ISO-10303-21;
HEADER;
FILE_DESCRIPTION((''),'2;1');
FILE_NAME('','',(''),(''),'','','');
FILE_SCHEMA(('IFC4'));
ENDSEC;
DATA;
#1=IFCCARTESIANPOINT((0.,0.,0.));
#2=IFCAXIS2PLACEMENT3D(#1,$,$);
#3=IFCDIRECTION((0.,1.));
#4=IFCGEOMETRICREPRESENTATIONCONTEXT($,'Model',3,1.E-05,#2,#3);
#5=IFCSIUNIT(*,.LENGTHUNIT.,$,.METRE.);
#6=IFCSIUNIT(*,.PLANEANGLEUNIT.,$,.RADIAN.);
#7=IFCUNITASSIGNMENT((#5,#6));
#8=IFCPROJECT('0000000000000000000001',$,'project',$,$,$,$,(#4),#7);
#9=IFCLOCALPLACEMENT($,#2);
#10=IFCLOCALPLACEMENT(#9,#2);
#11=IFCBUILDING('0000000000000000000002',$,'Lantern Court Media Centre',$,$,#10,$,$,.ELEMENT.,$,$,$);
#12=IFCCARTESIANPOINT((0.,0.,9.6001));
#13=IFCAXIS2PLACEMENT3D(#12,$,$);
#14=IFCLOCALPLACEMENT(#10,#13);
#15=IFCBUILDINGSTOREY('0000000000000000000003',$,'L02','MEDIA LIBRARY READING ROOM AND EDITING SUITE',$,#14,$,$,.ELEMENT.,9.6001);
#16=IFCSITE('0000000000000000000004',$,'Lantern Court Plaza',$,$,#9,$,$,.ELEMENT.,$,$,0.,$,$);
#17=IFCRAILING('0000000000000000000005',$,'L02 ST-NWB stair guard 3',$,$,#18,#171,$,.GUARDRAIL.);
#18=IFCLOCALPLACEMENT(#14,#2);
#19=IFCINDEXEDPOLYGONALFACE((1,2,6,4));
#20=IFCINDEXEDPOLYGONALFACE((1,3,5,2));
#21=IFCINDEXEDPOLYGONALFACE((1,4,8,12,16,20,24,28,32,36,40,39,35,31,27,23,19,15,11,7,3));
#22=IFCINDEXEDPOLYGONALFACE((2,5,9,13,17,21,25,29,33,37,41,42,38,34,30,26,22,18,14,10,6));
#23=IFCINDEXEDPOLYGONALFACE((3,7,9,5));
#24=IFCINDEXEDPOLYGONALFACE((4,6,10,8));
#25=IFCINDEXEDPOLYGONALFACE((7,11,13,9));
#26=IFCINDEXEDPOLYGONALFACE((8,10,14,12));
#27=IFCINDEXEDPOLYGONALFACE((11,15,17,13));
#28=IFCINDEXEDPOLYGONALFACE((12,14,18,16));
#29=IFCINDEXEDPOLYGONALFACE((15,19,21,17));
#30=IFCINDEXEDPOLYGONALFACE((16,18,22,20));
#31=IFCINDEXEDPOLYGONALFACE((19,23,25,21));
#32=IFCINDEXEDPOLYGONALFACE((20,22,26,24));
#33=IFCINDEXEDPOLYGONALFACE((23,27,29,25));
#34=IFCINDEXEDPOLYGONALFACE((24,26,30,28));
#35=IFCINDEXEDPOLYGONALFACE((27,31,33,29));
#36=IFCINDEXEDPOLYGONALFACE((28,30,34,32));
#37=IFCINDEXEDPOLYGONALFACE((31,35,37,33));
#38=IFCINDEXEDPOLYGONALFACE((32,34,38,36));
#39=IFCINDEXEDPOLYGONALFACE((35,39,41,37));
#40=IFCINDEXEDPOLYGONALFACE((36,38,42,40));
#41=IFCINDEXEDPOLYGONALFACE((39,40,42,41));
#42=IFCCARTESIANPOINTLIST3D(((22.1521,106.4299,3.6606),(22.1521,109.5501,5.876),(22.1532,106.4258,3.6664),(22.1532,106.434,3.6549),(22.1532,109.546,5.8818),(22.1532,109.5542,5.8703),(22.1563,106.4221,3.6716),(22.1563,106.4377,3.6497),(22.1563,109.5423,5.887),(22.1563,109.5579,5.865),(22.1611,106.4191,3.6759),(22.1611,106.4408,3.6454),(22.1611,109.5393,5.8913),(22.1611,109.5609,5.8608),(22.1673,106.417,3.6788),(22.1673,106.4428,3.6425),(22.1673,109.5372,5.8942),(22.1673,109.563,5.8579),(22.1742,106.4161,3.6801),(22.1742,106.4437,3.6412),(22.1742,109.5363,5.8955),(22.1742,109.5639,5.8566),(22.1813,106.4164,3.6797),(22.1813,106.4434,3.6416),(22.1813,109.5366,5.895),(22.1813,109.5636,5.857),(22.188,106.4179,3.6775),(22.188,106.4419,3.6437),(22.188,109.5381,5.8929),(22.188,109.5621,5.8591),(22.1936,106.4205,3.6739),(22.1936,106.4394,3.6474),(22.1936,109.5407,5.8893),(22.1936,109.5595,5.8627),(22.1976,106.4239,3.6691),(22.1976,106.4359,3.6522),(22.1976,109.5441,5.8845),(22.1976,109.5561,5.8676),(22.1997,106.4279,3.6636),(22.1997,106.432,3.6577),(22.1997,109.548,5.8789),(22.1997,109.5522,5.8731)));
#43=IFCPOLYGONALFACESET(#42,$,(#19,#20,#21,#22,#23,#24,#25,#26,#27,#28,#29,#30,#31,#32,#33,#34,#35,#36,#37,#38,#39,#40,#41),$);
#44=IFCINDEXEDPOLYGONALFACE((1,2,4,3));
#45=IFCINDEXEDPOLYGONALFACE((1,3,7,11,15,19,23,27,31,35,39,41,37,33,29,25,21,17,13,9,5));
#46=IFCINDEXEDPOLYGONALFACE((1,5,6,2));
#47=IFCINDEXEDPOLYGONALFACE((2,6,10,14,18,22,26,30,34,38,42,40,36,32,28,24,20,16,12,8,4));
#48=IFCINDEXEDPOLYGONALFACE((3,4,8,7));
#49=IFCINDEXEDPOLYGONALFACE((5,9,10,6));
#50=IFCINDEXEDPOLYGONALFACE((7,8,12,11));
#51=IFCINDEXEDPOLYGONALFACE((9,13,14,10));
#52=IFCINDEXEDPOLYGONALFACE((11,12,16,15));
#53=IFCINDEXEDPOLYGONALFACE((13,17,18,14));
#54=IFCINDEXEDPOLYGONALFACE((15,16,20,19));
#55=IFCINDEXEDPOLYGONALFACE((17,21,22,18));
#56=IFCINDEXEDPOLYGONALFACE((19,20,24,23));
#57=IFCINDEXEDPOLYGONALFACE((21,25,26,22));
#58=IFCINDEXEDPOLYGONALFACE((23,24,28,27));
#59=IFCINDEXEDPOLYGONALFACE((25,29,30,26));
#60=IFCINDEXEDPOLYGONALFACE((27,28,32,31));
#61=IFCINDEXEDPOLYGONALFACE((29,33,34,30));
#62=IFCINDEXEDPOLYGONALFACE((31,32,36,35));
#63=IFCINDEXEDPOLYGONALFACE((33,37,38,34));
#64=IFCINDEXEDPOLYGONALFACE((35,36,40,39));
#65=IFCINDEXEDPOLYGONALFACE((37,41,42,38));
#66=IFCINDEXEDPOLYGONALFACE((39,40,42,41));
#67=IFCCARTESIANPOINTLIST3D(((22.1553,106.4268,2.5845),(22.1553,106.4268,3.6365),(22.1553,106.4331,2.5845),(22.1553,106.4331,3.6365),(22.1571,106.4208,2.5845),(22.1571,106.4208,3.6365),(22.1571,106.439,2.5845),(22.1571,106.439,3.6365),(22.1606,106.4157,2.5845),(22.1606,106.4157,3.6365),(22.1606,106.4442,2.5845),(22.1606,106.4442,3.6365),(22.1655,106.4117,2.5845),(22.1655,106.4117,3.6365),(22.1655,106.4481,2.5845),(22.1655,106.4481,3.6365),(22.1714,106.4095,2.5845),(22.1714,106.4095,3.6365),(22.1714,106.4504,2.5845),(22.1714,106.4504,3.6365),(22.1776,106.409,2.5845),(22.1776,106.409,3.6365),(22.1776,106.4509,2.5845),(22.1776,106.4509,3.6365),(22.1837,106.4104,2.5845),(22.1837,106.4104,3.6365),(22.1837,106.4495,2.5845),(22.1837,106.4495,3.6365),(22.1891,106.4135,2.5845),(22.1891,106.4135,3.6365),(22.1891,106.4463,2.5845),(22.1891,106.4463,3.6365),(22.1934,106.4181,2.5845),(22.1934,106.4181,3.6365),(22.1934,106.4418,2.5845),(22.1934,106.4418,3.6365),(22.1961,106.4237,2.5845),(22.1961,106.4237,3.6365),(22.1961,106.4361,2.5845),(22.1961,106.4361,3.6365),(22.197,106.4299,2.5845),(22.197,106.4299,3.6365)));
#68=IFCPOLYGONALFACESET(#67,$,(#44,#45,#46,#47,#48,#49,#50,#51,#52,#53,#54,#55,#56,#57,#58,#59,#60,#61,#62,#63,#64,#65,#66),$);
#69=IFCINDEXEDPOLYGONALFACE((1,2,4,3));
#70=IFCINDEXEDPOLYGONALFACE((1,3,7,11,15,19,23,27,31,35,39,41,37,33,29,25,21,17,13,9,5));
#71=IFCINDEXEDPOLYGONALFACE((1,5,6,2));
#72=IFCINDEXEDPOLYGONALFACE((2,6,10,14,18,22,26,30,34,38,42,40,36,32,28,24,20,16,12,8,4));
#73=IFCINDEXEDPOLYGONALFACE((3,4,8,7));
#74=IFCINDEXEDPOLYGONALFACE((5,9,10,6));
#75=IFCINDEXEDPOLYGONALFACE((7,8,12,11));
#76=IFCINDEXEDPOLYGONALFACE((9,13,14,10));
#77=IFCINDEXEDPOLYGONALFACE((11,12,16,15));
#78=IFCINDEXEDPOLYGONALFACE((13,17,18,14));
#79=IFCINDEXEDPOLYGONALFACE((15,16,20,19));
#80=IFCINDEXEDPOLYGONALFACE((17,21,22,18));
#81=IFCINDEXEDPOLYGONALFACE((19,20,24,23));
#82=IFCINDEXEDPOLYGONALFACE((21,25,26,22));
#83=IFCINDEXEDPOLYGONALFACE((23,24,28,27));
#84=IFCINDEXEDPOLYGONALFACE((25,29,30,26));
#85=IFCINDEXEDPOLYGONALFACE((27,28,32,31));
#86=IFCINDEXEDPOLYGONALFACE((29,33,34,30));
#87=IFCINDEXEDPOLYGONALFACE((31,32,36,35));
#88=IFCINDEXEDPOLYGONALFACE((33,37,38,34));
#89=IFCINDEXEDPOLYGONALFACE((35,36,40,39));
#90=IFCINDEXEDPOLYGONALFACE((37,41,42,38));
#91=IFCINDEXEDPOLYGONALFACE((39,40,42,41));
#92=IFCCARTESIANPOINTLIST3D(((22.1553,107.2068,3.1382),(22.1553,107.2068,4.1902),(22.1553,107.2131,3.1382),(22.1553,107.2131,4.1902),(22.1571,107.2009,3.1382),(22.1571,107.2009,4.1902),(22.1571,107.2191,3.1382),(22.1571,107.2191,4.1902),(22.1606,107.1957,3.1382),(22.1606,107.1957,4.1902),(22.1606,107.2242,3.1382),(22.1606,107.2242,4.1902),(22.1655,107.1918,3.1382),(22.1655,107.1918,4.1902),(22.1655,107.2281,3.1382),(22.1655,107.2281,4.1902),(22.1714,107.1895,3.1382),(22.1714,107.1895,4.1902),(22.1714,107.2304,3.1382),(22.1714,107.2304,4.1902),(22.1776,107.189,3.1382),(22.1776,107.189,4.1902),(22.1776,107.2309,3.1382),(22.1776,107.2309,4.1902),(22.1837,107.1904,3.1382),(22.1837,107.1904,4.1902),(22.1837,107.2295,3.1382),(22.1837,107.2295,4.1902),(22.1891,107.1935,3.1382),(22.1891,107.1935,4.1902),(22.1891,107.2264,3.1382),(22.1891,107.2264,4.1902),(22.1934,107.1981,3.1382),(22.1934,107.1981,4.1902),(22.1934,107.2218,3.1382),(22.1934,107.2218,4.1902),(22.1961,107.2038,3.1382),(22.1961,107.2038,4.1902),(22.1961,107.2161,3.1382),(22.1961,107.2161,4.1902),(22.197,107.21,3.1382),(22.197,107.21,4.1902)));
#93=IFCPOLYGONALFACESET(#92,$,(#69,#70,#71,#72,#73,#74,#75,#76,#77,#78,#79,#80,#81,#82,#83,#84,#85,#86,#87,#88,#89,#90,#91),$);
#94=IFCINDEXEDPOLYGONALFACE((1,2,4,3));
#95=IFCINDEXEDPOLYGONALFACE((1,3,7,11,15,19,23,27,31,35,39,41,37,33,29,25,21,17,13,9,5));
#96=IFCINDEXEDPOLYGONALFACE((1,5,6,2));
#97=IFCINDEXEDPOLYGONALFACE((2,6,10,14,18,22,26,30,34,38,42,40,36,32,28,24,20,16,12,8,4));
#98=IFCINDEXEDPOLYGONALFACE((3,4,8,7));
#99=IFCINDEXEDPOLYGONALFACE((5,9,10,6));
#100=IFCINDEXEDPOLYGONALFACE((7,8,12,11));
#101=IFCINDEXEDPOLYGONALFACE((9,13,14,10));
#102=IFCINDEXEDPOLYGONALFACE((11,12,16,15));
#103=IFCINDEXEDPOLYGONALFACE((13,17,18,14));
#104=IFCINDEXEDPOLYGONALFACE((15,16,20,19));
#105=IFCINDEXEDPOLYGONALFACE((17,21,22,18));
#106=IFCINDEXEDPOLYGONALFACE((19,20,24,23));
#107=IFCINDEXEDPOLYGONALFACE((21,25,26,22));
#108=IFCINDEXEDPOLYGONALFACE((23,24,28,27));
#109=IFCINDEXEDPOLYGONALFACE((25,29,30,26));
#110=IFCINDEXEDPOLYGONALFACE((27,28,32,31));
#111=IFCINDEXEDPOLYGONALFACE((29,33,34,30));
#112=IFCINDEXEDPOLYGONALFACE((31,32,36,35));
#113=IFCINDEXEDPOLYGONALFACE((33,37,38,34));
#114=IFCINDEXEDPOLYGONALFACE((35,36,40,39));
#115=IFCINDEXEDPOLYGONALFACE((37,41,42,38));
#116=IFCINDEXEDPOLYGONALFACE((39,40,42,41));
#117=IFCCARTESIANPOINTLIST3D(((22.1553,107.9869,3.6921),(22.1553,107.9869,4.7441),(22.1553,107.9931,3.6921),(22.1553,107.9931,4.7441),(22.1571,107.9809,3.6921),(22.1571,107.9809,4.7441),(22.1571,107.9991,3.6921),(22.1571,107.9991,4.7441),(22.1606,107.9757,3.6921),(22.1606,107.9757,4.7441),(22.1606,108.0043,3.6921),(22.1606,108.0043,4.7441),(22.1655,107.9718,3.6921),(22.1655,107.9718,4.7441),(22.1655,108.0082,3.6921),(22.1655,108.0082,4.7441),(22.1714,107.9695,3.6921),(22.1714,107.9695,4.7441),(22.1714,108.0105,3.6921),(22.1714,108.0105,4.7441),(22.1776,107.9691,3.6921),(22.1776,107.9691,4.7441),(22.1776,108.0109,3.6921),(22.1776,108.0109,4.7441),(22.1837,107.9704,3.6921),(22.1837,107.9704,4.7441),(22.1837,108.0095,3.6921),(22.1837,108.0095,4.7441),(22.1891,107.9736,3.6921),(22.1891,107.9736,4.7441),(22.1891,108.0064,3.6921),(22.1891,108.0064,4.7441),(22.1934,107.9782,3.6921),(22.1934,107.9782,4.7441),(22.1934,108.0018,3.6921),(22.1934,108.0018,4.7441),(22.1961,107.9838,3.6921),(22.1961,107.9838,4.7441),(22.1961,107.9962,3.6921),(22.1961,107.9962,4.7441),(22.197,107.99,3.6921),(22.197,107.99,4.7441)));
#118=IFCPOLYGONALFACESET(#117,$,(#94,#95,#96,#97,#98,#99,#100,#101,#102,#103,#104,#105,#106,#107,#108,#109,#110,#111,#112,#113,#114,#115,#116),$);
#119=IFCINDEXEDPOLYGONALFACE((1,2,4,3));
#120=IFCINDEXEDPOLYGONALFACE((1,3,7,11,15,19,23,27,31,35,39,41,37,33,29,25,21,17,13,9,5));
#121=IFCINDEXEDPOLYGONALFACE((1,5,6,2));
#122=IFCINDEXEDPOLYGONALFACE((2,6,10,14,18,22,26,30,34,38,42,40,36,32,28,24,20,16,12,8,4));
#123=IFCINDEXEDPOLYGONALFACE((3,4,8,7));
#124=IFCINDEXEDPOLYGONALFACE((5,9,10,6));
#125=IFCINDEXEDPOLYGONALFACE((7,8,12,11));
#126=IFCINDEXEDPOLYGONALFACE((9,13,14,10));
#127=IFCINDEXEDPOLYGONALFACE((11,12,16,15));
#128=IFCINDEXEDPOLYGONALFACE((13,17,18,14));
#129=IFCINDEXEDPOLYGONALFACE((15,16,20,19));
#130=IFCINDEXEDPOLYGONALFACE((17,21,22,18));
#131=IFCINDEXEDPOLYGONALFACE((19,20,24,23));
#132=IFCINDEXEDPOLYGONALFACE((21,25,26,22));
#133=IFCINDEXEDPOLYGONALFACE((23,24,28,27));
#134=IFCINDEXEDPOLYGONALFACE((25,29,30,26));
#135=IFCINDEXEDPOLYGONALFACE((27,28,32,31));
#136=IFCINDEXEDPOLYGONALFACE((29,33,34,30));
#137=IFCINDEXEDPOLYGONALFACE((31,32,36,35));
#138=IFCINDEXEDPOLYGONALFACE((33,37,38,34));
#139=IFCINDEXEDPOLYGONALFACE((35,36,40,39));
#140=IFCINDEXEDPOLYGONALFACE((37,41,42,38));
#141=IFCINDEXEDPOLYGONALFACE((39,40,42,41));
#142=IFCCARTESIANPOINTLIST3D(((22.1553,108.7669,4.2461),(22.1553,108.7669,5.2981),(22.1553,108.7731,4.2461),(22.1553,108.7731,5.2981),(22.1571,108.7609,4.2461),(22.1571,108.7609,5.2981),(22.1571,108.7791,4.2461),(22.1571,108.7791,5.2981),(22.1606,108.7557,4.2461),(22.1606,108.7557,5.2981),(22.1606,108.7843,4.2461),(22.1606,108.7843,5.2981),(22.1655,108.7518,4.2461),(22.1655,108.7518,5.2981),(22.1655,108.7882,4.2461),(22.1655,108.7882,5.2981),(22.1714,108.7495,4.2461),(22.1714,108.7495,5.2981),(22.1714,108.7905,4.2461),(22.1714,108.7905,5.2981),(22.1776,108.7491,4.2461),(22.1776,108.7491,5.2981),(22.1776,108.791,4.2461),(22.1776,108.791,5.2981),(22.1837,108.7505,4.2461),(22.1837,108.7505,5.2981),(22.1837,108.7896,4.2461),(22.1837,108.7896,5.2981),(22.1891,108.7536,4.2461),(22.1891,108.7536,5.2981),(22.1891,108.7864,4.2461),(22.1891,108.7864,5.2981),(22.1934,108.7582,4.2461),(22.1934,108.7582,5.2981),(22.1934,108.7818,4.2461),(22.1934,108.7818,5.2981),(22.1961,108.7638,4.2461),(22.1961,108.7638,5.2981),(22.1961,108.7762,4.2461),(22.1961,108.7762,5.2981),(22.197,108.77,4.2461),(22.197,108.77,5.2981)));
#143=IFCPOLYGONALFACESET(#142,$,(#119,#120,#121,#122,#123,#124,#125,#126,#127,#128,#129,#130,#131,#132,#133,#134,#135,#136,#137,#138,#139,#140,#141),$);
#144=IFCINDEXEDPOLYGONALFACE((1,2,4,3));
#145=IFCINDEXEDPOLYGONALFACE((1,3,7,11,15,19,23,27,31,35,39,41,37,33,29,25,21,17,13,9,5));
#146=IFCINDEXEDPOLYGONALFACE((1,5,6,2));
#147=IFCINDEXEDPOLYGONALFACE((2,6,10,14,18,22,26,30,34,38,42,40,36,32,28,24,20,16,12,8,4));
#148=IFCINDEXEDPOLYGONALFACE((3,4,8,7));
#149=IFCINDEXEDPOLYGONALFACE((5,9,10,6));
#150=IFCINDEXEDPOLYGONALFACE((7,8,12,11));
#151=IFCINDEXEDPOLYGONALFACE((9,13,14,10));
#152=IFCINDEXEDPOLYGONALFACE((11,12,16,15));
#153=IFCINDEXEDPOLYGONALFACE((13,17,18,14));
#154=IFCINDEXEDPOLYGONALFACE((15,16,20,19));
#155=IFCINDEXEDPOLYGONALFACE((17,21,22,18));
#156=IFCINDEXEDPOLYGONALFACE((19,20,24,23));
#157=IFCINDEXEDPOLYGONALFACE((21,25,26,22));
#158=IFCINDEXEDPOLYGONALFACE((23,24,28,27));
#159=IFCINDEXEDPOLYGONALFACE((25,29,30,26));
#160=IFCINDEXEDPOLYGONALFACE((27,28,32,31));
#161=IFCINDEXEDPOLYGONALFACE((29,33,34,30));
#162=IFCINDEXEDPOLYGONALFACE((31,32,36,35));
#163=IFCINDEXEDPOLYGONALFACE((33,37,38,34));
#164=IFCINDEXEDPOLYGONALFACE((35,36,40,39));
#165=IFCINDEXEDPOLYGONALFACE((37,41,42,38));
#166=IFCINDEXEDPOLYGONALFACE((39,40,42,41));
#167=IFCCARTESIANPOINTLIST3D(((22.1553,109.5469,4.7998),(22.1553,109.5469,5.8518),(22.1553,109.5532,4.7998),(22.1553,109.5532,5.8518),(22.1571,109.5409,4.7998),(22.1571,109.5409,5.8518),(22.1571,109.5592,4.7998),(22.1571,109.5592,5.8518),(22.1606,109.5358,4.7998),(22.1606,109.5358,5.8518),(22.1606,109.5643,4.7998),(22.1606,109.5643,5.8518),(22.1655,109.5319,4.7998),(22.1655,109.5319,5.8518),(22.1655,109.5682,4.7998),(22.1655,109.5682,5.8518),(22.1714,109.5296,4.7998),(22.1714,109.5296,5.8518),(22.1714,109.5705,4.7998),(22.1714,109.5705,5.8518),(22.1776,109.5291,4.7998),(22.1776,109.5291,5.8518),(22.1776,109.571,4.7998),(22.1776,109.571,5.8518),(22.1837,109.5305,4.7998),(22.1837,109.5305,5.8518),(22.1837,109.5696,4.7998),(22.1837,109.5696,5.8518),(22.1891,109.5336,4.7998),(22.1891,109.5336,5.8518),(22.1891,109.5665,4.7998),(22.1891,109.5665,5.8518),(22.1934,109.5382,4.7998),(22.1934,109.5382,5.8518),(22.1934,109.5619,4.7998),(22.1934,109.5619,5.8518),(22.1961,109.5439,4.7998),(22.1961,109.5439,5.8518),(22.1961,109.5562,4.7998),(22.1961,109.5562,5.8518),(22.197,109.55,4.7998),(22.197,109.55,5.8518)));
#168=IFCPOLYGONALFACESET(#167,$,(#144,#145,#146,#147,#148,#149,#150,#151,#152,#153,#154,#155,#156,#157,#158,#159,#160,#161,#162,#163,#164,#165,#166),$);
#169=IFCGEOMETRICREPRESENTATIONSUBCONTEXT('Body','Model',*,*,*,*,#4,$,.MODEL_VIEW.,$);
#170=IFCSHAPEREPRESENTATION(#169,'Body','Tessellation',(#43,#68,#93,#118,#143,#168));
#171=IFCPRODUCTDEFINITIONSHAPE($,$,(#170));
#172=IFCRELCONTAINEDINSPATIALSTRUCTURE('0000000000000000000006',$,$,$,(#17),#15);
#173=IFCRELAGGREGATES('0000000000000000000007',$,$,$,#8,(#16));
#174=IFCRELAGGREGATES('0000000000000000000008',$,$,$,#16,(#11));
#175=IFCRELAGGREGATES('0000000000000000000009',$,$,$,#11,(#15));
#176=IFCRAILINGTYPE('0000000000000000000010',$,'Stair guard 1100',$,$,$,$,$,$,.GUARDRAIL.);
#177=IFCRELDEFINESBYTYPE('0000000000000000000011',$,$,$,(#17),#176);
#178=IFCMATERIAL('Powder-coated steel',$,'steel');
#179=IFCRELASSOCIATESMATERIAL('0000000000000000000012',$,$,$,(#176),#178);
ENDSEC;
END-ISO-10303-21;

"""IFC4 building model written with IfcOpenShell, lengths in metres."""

from ifc_helpers import new_model, si_unit, direction, frame, origin, origin_2d, place, context, subcontext, project, spatial, circle, extrude, material, type_object, element, save


model = new_model("IFC4")

# Units and contexts
model_context = context("Model", 3, precision=1e-05, world=origin(), true_north=direction((0.0, 1.0)))
body_context = subcontext(model_context, "Body", "Model", "MODEL_VIEW")
ifc_project = project(units=[si_unit("LENGTHUNIT", "METRE"), si_unit("PLANEANGLEUNIT", "RADIAN")], contexts=[model_context])

# Site, building, storey
site_placement = place(None, origin())
site = spatial("IfcSite", under=ifc_project, at=site_placement, Name="Lantern Court Plaza", CompositionType="ELEMENT", RefElevation=0.0)
building_placement = place(site_placement, origin())
building = spatial("IfcBuilding", under=site, at=building_placement, Name="Lantern Court Media Centre", CompositionType="ELEMENT")
storey_placement = place(building_placement, frame((0.0, 0.0, 9.6001)))
storey = spatial("IfcBuildingStorey", under=building, at=storey_placement, Name="L02", Description="MEDIA LIBRARY READING ROOM AND EDITING SUITE", CompositionType="ELEMENT", Elevation=9.6001)

# Shared definitions
ifc_material_1 = material(Name="Powder-coated steel", Category="steel")

# Railing
railing_type_1 = type_object("IfcRailingType", Name="Stair guard 1100", PredefinedType="GUARDRAIL", material=ifc_material_1)
railing_1_placement = place(storey_placement, frame((22.176, 106.4299, 2.5845)))
element("IfcRailing", 1, at=railing_1_placement, inside=storey, type_object=railing_type_1, Name="L02 ST-NWB stair guard 3", PredefinedType="GUARDRAIL", context=body_context, shape_type="SweptSolid", body=[
    extrude(circle(Radius=0.0239, at=origin_2d()), frame((0.0, 0.0, 1.0762), z_axis=(0.0, 0.815377, 0.57893), x_axis=(-1.0, 0.0, 0.0)), (0.0, 0.0, 1.0), 3.8267),
    extrude(circle(Radius=0.021, at=origin_2d()), origin(), (0.0, 0.0, 1.0), 1.052),
    extrude(circle(Radius=0.021, at=origin_2d()), frame((0.0, 0.78, 0.5537)), (0.0, 0.0, 1.0), 1.052),
    extrude(circle(Radius=0.021, at=origin_2d()), frame((0.0, 1.5601, 1.1077)), (0.0, 0.0, 1.0), 1.052),
    extrude(circle(Radius=0.021, at=origin_2d()), frame((0.0, 2.3401, 1.6616)), (0.0, 0.0, 1.0), 1.052),
    extrude(circle(Radius=0.021, at=origin_2d()), frame((0.0, 3.1201, 2.2153)), (0.0, 0.0, 1.0), 1.052),
])

save(model, "model.ifc")
